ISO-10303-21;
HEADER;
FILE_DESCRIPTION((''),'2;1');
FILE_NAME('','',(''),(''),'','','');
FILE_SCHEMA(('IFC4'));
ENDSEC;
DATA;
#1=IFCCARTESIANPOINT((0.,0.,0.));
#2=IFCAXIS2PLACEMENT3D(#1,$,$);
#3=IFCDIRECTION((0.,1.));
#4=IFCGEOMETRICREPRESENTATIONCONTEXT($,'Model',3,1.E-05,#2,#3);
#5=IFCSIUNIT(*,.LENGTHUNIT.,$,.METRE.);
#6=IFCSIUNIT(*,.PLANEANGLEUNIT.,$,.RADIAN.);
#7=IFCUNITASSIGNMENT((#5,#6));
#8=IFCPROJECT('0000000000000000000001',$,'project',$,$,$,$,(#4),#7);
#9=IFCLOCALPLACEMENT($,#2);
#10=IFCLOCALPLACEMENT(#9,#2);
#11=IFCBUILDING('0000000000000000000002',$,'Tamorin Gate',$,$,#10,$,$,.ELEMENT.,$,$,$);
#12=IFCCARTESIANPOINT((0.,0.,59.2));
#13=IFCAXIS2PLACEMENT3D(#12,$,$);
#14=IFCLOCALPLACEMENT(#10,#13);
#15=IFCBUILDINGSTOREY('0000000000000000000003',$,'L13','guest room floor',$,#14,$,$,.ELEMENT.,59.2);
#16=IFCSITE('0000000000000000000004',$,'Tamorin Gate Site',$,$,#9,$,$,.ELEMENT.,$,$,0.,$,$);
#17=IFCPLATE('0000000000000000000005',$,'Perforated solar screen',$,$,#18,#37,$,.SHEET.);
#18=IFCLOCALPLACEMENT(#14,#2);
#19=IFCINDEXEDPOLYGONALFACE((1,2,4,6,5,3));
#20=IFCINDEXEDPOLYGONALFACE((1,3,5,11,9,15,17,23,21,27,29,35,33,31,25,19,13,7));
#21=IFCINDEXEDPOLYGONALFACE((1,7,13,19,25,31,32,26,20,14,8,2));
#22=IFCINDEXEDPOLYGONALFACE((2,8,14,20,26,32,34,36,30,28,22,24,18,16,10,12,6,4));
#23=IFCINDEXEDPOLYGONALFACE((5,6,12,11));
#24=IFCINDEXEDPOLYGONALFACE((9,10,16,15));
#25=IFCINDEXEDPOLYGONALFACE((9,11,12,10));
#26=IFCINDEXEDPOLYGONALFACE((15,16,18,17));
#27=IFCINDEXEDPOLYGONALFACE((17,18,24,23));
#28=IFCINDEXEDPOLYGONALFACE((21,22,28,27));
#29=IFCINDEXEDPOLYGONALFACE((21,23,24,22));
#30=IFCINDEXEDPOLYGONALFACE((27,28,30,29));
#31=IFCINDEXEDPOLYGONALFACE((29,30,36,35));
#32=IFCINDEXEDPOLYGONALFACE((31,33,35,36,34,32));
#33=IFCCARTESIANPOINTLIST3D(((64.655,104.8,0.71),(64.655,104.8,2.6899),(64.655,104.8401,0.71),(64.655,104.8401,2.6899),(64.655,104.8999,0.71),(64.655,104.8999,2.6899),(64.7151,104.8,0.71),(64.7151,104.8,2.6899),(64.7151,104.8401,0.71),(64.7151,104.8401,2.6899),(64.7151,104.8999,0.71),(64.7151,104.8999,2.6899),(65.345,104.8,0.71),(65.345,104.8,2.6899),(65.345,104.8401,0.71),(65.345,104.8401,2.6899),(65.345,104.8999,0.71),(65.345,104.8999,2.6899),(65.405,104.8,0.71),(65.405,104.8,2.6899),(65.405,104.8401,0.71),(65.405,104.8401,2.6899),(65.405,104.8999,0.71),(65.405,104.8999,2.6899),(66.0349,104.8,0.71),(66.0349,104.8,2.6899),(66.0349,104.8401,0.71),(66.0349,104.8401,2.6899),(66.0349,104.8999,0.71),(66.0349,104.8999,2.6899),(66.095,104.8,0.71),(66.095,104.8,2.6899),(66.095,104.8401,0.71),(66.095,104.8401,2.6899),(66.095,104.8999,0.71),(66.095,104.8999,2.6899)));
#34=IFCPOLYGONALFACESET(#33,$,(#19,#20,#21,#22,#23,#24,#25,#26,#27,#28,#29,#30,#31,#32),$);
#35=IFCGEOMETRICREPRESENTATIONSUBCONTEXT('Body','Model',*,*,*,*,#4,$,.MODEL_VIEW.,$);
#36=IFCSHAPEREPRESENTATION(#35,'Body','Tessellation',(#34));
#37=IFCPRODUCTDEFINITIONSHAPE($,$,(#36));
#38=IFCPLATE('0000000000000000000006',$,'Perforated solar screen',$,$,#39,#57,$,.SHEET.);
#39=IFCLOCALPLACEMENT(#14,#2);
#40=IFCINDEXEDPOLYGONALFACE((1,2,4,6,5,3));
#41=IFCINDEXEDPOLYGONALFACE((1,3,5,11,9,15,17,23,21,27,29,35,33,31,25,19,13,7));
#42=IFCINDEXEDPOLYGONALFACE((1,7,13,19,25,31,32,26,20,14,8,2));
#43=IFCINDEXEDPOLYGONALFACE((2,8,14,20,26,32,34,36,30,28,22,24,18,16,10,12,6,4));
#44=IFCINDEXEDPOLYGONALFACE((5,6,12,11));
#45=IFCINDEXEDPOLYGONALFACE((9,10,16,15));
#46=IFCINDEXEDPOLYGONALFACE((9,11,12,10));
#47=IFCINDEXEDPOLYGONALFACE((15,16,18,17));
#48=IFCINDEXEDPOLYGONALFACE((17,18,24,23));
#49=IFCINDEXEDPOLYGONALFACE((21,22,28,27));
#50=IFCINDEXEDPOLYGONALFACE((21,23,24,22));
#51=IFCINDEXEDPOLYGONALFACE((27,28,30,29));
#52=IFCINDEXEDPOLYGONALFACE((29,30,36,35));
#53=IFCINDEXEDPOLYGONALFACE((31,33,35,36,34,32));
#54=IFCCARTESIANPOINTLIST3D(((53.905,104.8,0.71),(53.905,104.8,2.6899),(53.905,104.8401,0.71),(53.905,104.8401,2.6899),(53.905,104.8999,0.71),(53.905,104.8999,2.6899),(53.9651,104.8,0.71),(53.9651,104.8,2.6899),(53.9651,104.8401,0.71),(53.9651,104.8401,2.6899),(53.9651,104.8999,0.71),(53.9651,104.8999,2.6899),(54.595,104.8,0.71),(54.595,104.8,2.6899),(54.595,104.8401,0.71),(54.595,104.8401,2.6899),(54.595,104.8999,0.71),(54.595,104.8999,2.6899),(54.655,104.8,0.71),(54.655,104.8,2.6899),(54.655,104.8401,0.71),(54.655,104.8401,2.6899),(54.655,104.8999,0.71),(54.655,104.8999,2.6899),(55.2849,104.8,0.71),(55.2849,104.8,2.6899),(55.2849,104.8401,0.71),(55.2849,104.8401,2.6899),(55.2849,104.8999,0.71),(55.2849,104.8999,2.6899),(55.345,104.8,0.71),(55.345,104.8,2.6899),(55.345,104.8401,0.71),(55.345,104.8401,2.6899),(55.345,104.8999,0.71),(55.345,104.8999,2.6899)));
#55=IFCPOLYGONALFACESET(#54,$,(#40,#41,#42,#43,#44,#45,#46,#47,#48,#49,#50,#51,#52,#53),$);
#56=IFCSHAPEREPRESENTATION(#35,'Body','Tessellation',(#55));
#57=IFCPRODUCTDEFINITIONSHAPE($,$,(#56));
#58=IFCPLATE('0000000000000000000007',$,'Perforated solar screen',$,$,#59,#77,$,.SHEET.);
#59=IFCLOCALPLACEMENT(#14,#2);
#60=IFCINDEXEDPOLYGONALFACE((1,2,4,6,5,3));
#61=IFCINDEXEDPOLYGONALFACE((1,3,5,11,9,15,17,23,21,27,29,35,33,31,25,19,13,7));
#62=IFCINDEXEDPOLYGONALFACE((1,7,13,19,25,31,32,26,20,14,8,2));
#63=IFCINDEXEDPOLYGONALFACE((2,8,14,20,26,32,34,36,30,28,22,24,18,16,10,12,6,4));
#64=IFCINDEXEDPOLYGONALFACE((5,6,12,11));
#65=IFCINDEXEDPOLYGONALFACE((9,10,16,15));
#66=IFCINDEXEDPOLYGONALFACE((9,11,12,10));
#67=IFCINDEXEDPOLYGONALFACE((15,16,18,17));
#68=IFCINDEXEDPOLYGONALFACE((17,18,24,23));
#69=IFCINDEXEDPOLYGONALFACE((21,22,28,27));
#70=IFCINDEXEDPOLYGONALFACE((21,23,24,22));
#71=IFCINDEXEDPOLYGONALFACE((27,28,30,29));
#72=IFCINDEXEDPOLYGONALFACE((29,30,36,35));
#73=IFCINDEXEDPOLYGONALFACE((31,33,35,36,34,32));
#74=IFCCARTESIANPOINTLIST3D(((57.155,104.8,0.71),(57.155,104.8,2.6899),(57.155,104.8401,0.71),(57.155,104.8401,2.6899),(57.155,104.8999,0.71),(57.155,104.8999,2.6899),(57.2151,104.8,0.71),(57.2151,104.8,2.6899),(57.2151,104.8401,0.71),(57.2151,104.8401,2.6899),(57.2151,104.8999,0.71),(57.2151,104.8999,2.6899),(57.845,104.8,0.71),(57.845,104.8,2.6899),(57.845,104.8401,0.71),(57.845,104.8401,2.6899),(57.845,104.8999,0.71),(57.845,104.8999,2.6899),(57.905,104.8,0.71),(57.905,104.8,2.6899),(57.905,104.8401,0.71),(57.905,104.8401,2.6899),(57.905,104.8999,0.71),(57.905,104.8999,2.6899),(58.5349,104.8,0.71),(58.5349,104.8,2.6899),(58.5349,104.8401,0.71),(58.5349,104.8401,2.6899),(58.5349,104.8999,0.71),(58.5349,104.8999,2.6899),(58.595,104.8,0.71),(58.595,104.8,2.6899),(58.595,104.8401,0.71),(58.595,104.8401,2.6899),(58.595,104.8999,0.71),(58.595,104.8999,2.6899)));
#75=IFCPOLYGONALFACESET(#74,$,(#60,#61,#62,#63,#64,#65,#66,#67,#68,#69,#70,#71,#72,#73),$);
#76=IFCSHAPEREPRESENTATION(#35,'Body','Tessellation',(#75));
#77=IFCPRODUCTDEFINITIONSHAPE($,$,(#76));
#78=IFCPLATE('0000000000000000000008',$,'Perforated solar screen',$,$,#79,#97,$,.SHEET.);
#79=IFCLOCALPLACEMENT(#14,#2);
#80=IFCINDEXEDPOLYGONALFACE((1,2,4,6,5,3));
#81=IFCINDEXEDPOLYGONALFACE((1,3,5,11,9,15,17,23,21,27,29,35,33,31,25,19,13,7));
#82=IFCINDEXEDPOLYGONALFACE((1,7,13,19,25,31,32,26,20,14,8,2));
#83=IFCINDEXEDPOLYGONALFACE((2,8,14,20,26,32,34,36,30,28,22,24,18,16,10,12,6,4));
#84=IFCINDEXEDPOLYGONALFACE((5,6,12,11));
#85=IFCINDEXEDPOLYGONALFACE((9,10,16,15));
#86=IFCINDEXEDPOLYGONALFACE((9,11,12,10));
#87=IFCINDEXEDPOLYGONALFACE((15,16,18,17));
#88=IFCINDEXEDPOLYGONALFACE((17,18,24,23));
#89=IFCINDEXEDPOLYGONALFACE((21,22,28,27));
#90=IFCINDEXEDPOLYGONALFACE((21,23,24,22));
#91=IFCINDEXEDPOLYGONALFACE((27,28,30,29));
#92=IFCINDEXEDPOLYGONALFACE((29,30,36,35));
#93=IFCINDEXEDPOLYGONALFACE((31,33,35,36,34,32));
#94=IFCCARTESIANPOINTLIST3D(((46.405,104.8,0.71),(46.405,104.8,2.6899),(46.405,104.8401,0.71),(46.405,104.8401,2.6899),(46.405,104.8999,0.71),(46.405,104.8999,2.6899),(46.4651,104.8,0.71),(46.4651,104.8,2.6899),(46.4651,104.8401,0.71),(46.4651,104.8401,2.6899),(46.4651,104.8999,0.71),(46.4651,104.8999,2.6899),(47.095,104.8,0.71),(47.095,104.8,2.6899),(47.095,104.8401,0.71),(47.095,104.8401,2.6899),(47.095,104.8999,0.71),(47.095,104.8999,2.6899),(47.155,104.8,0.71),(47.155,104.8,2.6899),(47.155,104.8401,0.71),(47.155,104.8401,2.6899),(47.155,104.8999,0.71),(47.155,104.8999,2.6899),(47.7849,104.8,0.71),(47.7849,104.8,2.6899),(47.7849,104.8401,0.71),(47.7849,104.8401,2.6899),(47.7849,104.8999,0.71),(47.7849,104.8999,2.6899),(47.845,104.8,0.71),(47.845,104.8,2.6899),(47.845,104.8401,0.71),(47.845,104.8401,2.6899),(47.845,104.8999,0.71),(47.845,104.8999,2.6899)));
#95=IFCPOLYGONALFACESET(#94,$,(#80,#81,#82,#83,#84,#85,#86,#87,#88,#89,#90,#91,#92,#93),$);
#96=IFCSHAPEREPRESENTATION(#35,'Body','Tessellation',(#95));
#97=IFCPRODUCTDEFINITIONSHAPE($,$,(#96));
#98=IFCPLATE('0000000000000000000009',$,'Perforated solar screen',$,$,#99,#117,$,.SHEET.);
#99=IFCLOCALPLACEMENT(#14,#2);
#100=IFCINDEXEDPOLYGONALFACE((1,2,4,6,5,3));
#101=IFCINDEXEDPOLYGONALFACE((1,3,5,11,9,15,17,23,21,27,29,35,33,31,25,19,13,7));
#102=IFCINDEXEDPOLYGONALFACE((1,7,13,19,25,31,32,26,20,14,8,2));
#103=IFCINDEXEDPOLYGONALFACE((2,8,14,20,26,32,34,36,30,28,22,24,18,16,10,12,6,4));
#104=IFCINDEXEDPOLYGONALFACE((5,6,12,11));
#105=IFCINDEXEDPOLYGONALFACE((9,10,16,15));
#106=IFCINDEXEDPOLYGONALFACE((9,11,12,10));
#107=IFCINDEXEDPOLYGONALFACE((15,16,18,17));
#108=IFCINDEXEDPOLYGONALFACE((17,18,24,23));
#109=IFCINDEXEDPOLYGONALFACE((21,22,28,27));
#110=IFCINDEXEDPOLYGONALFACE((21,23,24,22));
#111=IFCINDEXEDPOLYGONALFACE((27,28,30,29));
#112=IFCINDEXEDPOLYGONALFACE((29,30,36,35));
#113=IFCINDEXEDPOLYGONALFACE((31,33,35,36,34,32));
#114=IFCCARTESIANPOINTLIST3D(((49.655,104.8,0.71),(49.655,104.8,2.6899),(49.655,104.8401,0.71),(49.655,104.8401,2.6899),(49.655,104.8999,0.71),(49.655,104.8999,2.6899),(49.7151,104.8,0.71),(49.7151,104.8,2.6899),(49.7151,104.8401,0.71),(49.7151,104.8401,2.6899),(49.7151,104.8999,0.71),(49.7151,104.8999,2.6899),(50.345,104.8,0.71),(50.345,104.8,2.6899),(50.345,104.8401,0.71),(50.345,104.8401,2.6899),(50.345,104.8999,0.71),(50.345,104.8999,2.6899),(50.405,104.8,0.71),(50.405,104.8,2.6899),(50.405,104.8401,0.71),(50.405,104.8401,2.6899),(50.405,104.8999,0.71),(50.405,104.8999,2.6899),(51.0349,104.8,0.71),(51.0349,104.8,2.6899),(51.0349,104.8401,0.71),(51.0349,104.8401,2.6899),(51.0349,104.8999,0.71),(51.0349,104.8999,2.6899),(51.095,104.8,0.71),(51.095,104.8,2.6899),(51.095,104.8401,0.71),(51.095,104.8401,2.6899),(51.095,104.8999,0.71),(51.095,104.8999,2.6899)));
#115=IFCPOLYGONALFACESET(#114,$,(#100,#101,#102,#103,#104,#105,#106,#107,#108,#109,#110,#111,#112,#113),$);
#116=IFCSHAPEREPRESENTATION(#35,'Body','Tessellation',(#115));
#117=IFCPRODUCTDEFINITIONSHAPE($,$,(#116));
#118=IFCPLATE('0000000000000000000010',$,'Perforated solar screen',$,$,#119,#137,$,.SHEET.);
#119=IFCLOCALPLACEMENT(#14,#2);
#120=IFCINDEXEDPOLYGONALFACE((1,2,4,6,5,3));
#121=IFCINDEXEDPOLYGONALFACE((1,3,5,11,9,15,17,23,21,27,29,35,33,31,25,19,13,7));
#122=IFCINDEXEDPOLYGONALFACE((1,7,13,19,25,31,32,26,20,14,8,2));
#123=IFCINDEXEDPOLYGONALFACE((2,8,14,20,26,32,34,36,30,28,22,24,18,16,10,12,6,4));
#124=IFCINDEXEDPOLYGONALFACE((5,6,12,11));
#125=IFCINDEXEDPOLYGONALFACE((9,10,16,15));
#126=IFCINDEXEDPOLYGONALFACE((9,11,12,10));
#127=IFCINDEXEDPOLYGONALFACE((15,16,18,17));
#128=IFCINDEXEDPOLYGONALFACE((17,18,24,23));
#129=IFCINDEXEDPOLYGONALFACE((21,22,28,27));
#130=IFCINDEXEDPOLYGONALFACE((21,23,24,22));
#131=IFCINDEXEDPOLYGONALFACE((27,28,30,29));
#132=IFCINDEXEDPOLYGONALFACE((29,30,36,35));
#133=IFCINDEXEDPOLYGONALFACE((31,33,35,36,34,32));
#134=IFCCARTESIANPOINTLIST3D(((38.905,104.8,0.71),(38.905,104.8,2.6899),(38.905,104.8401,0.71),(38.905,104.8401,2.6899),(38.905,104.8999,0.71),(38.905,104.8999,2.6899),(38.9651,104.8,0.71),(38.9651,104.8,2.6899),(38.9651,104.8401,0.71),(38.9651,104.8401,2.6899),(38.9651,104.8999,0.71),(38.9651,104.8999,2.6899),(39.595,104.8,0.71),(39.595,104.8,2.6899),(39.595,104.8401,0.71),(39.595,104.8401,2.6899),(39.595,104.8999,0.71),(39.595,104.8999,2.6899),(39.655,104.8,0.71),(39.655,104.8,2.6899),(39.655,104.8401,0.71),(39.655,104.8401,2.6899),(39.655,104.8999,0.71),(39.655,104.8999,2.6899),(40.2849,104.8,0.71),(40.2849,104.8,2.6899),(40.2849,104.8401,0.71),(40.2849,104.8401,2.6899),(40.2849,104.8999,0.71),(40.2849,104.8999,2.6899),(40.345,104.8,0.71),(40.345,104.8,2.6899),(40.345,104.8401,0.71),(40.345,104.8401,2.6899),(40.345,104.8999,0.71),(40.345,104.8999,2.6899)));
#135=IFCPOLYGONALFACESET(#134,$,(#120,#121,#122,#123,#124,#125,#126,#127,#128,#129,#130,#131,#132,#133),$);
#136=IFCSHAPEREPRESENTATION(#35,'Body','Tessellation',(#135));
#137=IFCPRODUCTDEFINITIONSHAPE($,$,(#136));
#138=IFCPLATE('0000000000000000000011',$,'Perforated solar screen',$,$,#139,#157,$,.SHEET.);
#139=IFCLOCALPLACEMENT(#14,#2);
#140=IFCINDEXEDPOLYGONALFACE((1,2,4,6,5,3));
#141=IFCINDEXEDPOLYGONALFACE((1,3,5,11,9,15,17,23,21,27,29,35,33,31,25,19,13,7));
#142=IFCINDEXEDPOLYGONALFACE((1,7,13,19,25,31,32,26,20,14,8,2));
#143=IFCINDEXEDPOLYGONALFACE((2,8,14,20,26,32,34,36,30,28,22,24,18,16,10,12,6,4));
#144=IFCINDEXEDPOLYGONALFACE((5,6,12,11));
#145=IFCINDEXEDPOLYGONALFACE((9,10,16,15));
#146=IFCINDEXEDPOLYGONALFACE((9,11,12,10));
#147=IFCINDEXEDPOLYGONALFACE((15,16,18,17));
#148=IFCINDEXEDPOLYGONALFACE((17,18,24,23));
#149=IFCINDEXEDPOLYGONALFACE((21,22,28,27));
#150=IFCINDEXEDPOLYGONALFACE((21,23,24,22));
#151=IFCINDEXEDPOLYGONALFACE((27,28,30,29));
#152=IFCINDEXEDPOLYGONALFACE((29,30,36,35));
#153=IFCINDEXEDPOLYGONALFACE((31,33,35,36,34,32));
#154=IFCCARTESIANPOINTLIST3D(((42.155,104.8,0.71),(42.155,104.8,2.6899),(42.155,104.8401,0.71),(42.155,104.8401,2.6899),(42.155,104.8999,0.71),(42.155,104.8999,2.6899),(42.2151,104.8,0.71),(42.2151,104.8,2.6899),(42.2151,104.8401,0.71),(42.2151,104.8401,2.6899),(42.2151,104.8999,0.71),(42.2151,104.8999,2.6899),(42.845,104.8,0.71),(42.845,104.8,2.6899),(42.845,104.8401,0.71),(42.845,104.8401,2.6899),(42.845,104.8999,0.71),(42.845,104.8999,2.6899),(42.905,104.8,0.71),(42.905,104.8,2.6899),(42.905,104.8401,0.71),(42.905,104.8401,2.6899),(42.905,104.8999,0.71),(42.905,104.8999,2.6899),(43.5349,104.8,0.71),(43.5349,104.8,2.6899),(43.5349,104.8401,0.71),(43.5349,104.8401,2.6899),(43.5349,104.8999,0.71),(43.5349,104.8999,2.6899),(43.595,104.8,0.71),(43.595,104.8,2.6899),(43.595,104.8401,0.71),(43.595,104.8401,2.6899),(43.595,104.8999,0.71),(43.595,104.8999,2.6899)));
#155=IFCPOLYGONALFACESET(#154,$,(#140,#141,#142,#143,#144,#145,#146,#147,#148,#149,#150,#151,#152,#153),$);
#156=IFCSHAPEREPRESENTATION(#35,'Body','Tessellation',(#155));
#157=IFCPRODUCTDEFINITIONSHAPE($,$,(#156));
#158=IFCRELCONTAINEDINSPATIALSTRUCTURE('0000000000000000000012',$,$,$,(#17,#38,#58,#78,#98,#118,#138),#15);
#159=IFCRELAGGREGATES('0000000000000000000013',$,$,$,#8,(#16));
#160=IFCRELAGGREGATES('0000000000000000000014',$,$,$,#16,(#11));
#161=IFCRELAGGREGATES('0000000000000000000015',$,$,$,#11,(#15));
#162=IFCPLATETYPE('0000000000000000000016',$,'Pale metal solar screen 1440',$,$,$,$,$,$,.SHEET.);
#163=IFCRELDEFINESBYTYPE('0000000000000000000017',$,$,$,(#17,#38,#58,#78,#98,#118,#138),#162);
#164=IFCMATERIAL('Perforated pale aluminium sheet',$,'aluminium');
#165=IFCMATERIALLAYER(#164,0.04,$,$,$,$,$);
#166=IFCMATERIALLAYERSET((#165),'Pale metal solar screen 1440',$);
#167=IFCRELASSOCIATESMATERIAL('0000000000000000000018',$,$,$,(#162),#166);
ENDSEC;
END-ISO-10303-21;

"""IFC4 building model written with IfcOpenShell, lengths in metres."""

from ifc_helpers import new_model, si_unit, direction, frame, origin, place, context, subcontext, project, spatial, polyline, outline, extrude, material, layer, layer_set, type_object, element, save


model = new_model("IFC4")

# Units and contexts
model_context = context("Model", 3, precision=1e-05, world=origin(), true_north=direction((0.0, 1.0)))
body_context = subcontext(model_context, "Body", "Model", "MODEL_VIEW")
ifc_project = project(units=[si_unit("LENGTHUNIT", "METRE"), si_unit("PLANEANGLEUNIT", "RADIAN")], contexts=[model_context])

# Site, building, storey
site_placement = place(None, origin())
site = spatial("IfcSite", under=ifc_project, at=site_placement, Name="Tamorin Gate Site", CompositionType="ELEMENT", RefElevation=0.0)
building_placement = place(site_placement, origin())
building = spatial("IfcBuilding", under=site, at=building_placement, Name="Tamorin Gate", CompositionType="ELEMENT")
storey_placement = place(building_placement, frame((0.0, 0.0, 59.2)))
storey = spatial("IfcBuildingStorey", under=building, at=storey_placement, Name="L13", Description="guest room floor", CompositionType="ELEMENT", Elevation=59.2)

# Plates
ifc_material = material(Name="Perforated pale aluminium sheet", Category="aluminium")
ifc_layer = layer(ifc_material, 0.04)
ifc_layer_set = layer_set([ifc_layer], Name="Pale metal solar screen 1440")
plate_type = type_object("IfcPlateType", Name="Pale metal solar screen 1440", PredefinedType="SHEET", material=ifc_layer_set)
plate_1_placement = place(storey_placement, frame((0.0, 0.0, 0.71)))
element("IfcPlate", 1, at=plate_1_placement, inside=storey, type_object=plate_type, Name="Perforated solar screen", PredefinedType="SHEET", context=body_context, shape_type="SweptSolid", body=[
    extrude(outline(polyline([(66.095, 104.8401), (66.095, 104.8), (66.0349, 104.8), (65.405, 104.8), (65.345, 104.8), (64.7151, 104.8), (64.655, 104.8), (64.655, 104.8401), (64.655, 104.8999), (64.7151, 104.8999), (64.7151, 104.8401), (65.345, 104.8401), (65.345, 104.8999), (65.405, 104.8999), (65.405, 104.8401), (66.0349, 104.8401), (66.0349, 104.8999), (66.095, 104.8999), (66.095, 104.8401)])), origin(), (0.0, 0.0, 1.0), 1.98),
])
plate_2_placement = place(storey_placement, frame((0.0, 0.0, 0.71)))
element("IfcPlate", 2, at=plate_2_placement, inside=storey, type_object=plate_type, Name="Perforated solar screen", PredefinedType="SHEET", context=body_context, shape_type="SweptSolid", body=[
    extrude(outline(polyline([(55.345, 104.8401), (55.345, 104.8), (55.2849, 104.8), (54.655, 104.8), (54.595, 104.8), (53.9651, 104.8), (53.905, 104.8), (53.905, 104.8401), (53.905, 104.8999), (53.9651, 104.8999), (53.9651, 104.8401), (54.595, 104.8401), (54.595, 104.8999), (54.655, 104.8999), (54.655, 104.8401), (55.2849, 104.8401), (55.2849, 104.8999), (55.345, 104.8999), (55.345, 104.8401)])), origin(), (0.0, 0.0, 1.0), 1.98),
])
plate_3_placement = place(storey_placement, frame((0.0, 0.0, 0.71)))
element("IfcPlate", 3, at=plate_3_placement, inside=storey, type_object=plate_type, Name="Perforated solar screen", PredefinedType="SHEET", context=body_context, shape_type="SweptSolid", body=[
    extrude(outline(polyline([(58.595, 104.8401), (58.595, 104.8), (58.5349, 104.8), (57.905, 104.8), (57.845, 104.8), (57.2151, 104.8), (57.155, 104.8), (57.155, 104.8401), (57.155, 104.8999), (57.2151, 104.8999), (57.2151, 104.8401), (57.845, 104.8401), (57.845, 104.8999), (57.905, 104.8999), (57.905, 104.8401), (58.5349, 104.8401), (58.5349, 104.8999), (58.595, 104.8999), (58.595, 104.8401)])), origin(), (0.0, 0.0, 1.0), 1.98),
])
plate_4_placement = place(storey_placement, frame((0.0, 0.0, 0.71)))
element("IfcPlate", 4, at=plate_4_placement, inside=storey, type_object=plate_type, Name="Perforated solar screen", PredefinedType="SHEET", context=body_context, shape_type="SweptSolid", body=[
    extrude(outline(polyline([(47.845, 104.8401), (47.845, 104.8), (47.7849, 104.8), (47.155, 104.8), (47.095, 104.8), (46.4651, 104.8), (46.405, 104.8), (46.405, 104.8401), (46.405, 104.8999), (46.4651, 104.8999), (46.4651, 104.8401), (47.095, 104.8401), (47.095, 104.8999), (47.155, 104.8999), (47.155, 104.8401), (47.7849, 104.8401), (47.7849, 104.8999), (47.845, 104.8999), (47.845, 104.8401)])), origin(), (0.0, 0.0, 1.0), 1.98),
])
plate_5_placement = place(storey_placement, frame((0.0, 0.0, 0.71)))
element("IfcPlate", 5, at=plate_5_placement, inside=storey, type_object=plate_type, Name="Perforated solar screen", PredefinedType="SHEET", context=body_context, shape_type="SweptSolid", body=[
    extrude(outline(polyline([(51.095, 104.8401), (51.095, 104.8), (51.0349, 104.8), (50.405, 104.8), (50.345, 104.8), (49.7151, 104.8), (49.655, 104.8), (49.655, 104.8401), (49.655, 104.8999), (49.7151, 104.8999), (49.7151, 104.8401), (50.345, 104.8401), (50.345, 104.8999), (50.405, 104.8999), (50.405, 104.8401), (51.0349, 104.8401), (51.0349, 104.8999), (51.095, 104.8999), (51.095, 104.8401)])), origin(), (0.0, 0.0, 1.0), 1.98),
])
plate_6_placement = place(storey_placement, frame((0.0, 0.0, 0.71)))
element("IfcPlate", 6, at=plate_6_placement, inside=storey, type_object=plate_type, Name="Perforated solar screen", PredefinedType="SHEET", context=body_context, shape_type="SweptSolid", body=[
    extrude(outline(polyline([(40.345, 104.8401), (40.345, 104.8), (40.2849, 104.8), (39.655, 104.8), (39.595, 104.8), (38.9651, 104.8), (38.905, 104.8), (38.905, 104.8401), (38.905, 104.8999), (38.9651, 104.8999), (38.9651, 104.8401), (39.595, 104.8401), (39.595, 104.8999), (39.655, 104.8999), (39.655, 104.8401), (40.2849, 104.8401), (40.2849, 104.8999), (40.345, 104.8999), (40.345, 104.8401)])), origin(), (0.0, 0.0, 1.0), 1.98),
])
plate_7_placement = place(storey_placement, frame((0.0, 0.0, 0.71)))
element("IfcPlate", 7, at=plate_7_placement, inside=storey, type_object=plate_type, Name="Perforated solar screen", PredefinedType="SHEET", context=body_context, shape_type="SweptSolid", body=[
    extrude(outline(polyline([(43.595, 104.8401), (43.595, 104.8), (43.5349, 104.8), (42.905, 104.8), (42.845, 104.8), (42.2151, 104.8), (42.155, 104.8), (42.155, 104.8401), (42.155, 104.8999), (42.2151, 104.8999), (42.2151, 104.8401), (42.845, 104.8401), (42.845, 104.8999), (42.905, 104.8999), (42.905, 104.8401), (43.5349, 104.8401), (43.5349, 104.8999), (43.595, 104.8999), (43.595, 104.8401)])), origin(), (0.0, 0.0, 1.0), 1.98),
])

save(model, "model.ifc")
